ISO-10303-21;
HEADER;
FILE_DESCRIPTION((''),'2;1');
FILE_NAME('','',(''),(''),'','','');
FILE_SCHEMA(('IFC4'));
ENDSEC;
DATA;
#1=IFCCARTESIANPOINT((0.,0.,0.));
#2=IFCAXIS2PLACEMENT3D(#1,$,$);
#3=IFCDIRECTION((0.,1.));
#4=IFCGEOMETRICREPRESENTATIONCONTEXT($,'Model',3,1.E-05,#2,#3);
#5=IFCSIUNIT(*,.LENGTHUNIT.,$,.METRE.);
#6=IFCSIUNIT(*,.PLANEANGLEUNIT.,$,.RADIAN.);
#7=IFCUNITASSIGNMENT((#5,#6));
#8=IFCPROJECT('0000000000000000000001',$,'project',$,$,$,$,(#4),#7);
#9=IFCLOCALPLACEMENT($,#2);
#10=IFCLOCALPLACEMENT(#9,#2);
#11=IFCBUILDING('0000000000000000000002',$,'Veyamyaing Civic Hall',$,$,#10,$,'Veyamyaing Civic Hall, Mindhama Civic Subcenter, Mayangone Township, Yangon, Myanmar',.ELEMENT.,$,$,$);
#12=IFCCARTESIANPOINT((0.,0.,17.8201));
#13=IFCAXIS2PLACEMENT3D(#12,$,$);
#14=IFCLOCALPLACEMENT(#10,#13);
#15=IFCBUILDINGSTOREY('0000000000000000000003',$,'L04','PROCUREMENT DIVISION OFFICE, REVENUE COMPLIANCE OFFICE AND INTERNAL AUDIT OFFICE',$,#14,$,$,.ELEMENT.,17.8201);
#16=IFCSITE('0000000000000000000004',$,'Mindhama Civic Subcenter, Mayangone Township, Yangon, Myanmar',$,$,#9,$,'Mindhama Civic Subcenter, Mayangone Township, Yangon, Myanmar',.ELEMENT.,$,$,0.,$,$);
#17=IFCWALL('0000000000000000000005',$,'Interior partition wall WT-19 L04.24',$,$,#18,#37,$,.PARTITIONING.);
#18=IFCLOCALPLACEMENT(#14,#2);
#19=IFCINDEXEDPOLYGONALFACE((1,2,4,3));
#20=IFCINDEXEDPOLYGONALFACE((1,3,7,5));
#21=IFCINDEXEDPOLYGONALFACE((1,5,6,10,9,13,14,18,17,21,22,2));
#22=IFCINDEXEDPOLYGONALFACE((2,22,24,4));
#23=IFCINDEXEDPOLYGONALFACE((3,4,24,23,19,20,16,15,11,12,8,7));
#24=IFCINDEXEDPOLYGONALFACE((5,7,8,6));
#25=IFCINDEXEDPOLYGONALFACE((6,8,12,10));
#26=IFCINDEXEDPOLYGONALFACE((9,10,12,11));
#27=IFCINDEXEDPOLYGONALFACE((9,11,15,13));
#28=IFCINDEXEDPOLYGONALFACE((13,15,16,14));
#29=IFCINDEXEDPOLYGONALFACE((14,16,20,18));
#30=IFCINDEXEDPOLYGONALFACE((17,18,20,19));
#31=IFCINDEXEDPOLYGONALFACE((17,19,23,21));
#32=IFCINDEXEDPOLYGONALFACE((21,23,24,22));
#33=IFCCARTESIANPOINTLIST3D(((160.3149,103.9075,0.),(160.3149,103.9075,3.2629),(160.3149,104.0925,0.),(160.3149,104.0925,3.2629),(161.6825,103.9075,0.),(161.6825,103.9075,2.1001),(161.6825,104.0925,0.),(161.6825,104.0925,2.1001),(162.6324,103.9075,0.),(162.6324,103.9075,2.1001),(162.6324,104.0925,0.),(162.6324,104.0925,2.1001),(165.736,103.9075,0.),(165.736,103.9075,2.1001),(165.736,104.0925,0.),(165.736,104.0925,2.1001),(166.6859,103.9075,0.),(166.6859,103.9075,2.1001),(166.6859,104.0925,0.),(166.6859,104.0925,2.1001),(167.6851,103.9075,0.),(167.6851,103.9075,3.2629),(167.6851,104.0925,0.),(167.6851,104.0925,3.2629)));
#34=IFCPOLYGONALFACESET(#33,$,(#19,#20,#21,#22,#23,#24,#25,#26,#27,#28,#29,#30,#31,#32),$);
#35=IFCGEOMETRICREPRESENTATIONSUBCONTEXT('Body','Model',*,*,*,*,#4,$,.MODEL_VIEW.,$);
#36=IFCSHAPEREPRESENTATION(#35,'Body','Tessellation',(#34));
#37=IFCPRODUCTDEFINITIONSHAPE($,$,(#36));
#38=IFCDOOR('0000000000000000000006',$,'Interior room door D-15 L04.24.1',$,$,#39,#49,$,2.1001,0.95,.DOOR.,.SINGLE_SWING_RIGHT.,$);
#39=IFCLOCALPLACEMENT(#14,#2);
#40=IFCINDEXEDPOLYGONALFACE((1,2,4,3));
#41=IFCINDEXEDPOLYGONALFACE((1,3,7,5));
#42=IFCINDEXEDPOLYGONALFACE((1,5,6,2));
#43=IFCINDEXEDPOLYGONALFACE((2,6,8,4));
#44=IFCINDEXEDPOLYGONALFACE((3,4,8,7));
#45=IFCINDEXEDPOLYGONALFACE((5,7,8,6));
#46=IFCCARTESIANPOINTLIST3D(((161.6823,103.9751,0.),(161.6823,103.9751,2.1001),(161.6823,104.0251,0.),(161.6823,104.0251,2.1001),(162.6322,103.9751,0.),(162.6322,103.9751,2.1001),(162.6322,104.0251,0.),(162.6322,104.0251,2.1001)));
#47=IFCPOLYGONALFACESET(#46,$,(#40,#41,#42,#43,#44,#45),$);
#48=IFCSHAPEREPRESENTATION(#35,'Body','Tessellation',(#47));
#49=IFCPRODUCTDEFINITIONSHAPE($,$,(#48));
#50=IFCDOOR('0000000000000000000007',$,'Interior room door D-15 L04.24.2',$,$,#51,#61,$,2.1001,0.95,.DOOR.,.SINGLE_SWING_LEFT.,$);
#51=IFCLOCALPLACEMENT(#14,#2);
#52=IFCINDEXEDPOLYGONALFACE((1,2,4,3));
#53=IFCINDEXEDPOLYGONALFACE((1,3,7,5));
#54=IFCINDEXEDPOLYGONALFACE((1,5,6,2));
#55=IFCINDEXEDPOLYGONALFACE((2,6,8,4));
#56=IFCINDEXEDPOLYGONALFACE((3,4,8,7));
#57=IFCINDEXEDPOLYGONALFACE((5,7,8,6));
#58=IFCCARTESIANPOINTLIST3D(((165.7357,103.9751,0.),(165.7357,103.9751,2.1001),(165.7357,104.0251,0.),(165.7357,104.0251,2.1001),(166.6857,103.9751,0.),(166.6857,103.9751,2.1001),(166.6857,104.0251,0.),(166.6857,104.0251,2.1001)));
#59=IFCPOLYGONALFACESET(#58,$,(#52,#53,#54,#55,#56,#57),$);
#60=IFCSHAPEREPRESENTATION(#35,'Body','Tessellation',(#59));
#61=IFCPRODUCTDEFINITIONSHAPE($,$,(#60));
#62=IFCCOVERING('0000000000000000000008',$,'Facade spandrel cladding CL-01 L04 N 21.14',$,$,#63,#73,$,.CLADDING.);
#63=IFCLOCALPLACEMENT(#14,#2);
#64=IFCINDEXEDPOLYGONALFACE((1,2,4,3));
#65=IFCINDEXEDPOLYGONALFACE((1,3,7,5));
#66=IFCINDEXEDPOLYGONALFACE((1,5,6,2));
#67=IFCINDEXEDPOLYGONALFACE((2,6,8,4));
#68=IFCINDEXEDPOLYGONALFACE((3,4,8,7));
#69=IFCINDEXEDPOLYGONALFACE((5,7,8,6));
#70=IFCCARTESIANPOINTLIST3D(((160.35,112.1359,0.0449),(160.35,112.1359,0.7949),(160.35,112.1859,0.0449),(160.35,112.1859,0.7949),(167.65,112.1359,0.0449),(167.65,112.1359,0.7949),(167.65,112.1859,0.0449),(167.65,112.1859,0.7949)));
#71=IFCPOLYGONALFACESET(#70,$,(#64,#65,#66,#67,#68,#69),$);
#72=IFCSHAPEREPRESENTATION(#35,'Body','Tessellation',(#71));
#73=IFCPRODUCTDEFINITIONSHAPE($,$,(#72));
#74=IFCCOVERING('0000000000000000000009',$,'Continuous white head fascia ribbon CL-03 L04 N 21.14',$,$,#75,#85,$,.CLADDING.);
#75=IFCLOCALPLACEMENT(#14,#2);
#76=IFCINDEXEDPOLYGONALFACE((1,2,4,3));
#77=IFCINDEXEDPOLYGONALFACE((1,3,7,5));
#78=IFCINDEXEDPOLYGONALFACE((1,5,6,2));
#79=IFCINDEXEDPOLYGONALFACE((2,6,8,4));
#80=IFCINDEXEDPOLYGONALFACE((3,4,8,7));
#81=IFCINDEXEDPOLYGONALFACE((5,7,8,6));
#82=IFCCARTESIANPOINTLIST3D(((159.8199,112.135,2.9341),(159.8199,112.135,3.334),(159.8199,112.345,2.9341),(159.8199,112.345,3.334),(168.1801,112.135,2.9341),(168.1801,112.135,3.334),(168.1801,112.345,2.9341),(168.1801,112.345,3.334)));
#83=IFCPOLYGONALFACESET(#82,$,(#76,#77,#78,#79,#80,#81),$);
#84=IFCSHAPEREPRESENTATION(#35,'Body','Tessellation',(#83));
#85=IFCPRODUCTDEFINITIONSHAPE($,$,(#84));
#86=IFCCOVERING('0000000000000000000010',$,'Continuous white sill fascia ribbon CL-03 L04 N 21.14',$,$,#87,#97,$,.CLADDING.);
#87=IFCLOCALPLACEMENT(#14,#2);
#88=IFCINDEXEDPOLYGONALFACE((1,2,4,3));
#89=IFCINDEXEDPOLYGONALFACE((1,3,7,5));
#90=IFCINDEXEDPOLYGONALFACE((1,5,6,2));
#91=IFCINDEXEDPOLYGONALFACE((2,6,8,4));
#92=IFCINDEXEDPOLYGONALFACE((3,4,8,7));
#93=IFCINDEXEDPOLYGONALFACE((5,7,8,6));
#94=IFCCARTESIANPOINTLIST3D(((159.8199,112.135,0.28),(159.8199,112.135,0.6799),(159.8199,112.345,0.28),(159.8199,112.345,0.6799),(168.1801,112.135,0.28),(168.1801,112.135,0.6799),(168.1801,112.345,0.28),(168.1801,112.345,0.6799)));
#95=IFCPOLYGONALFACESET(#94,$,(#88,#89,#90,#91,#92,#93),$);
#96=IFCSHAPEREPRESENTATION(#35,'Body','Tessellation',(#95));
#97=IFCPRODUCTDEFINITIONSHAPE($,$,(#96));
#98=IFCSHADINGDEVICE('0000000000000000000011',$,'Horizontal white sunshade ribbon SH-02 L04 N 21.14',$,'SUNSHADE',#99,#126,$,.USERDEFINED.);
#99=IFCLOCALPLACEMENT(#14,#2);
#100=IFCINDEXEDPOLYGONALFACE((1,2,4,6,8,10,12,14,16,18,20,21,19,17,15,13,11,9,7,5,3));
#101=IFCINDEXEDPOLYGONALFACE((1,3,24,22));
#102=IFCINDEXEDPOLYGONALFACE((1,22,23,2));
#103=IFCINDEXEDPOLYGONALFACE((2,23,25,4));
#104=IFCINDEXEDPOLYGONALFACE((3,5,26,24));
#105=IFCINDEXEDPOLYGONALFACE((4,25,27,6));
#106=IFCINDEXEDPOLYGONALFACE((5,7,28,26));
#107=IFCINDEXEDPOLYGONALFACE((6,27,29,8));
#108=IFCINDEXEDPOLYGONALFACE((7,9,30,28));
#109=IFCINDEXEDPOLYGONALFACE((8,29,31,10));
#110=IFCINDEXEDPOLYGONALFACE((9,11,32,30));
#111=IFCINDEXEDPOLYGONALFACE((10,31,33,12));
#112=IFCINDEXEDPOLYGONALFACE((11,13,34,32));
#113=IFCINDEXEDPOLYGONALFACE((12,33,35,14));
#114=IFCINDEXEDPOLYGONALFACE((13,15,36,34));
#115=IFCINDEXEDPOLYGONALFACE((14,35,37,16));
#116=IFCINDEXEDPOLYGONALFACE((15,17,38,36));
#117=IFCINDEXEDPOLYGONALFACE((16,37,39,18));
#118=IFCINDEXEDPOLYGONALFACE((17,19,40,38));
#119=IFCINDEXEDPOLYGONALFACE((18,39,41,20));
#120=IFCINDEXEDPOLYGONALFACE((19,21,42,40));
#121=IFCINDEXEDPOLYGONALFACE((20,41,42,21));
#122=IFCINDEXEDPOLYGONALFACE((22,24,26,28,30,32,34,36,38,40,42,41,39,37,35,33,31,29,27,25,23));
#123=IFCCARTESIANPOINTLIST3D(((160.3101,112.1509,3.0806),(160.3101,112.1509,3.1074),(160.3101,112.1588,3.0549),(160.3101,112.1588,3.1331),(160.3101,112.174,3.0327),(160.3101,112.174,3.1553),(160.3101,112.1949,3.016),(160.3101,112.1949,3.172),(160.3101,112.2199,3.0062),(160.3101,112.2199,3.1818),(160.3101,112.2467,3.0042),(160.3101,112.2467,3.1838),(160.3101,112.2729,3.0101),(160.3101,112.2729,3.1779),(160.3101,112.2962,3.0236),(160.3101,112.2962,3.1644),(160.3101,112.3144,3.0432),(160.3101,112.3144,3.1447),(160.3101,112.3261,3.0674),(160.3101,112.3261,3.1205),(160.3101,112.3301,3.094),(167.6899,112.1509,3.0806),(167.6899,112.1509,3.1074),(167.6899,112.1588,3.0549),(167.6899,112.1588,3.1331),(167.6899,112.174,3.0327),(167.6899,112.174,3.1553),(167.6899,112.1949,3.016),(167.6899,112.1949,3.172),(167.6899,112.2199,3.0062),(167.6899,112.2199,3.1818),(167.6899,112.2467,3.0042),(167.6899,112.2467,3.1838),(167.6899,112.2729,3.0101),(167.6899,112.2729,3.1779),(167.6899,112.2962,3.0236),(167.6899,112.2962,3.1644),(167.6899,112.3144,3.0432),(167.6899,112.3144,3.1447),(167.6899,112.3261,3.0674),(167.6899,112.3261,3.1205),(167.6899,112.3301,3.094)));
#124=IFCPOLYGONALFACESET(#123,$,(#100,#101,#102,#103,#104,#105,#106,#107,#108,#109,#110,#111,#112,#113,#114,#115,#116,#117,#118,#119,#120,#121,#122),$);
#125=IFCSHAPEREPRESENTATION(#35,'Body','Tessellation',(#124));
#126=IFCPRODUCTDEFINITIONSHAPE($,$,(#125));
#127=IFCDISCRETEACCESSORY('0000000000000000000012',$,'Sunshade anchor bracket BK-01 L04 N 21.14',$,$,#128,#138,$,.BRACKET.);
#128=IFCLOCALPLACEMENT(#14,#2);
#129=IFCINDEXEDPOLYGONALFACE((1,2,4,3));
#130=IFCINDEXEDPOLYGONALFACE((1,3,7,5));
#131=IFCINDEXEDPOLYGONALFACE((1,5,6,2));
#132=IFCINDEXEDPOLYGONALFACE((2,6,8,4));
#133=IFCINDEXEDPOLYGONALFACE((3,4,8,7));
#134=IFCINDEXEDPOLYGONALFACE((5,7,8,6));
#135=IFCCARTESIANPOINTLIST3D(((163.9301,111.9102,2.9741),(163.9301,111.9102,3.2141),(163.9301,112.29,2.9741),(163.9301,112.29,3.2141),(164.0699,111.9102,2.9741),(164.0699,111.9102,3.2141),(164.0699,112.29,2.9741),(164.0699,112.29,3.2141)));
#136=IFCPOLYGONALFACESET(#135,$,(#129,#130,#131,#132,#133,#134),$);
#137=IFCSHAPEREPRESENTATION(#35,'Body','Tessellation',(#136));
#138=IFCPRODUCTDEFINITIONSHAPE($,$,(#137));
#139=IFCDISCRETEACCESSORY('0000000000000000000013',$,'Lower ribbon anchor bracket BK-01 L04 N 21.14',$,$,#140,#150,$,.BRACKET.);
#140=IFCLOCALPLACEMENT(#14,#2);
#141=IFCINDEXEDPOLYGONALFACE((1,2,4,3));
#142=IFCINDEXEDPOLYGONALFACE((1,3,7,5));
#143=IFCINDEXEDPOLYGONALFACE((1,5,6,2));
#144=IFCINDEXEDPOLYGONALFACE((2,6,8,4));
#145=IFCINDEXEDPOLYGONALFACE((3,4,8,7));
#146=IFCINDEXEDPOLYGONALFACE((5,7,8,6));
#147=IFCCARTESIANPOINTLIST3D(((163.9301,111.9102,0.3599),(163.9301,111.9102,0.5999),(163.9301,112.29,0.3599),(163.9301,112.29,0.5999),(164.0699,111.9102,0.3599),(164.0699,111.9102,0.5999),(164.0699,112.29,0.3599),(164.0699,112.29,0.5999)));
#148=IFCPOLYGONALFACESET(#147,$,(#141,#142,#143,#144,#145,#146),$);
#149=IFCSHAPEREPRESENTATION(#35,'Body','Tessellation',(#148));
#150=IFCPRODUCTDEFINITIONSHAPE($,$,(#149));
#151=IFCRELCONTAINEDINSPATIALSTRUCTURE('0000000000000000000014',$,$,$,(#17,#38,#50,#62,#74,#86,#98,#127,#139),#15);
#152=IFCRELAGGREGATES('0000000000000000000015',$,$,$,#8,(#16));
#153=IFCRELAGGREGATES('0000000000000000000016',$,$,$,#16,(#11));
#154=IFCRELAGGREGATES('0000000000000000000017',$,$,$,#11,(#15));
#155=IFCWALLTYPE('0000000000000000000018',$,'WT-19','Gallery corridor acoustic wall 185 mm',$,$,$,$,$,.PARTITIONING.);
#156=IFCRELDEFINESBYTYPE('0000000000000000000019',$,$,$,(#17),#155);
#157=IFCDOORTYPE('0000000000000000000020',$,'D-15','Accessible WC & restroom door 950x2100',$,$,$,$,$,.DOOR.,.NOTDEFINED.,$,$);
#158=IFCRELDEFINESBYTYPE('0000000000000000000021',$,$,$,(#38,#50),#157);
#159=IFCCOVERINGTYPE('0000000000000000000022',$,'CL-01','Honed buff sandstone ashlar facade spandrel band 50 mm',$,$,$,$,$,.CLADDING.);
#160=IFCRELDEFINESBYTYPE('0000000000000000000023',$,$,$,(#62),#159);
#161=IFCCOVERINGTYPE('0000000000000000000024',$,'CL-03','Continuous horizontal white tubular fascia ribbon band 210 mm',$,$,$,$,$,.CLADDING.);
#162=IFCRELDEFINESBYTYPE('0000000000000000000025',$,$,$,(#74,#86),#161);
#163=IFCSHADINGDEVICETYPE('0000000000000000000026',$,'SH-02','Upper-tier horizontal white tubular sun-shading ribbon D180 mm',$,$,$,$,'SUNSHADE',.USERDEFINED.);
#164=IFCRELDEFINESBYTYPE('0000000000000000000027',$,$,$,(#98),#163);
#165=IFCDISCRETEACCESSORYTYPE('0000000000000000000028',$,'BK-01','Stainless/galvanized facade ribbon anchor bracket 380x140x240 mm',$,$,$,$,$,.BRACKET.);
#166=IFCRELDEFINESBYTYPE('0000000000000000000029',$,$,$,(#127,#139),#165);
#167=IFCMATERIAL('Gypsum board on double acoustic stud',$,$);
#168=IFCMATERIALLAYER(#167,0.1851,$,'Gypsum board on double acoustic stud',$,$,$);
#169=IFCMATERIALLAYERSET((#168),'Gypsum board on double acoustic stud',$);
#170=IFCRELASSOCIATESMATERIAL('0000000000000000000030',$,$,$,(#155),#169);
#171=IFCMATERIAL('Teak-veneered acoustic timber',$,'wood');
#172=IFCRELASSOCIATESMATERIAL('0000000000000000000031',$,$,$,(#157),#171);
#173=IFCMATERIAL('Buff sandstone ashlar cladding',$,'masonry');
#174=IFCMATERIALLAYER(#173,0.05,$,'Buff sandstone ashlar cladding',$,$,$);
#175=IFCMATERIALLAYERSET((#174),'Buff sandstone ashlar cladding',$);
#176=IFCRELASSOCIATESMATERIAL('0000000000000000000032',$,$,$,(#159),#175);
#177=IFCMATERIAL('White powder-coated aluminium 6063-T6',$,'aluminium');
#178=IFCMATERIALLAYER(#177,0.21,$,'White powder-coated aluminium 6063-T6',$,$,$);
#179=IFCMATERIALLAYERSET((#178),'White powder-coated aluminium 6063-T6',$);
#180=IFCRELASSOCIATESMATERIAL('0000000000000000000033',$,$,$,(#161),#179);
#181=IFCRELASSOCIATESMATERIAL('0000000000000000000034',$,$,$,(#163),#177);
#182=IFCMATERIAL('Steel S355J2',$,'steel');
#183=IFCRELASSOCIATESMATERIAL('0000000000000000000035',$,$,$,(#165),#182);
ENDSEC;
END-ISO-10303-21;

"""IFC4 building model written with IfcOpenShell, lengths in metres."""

from ifc_helpers import new_model, si_unit, direction, frame, frame_2d, origin, origin_2d, place, context, subcontext, project, spatial, rectangle, circle, extrude, material, layer, layer_set, material_profile, profile_set, type_object, element, fill, save


model = new_model("IFC4")

# Units and contexts
model_context = context("Model", 3, precision=1e-05, world=origin(), true_north=direction((0.0, 1.0)))
body_context = subcontext(model_context, "Body", "Model", "MODEL_VIEW")
ifc_project = project(units=[si_unit("LENGTHUNIT", "METRE"), si_unit("PLANEANGLEUNIT", "RADIAN")], contexts=[model_context])

# Site, building, storey
site_placement = place(None, origin())
site = spatial("IfcSite", under=ifc_project, at=site_placement, Name="Mindhama Civic Subcenter, Mayangone Township, Yangon, Myanmar", LongName="Mindhama Civic Subcenter, Mayangone Township, Yangon, Myanmar", CompositionType="ELEMENT", RefElevation=0.0)
building_placement = place(site_placement, origin())
building = spatial("IfcBuilding", under=site, at=building_placement, Name="Veyamyaing Civic Hall", LongName="Veyamyaing Civic Hall, Mindhama Civic Subcenter, Mayangone Township, Yangon, Myanmar", CompositionType="ELEMENT")
storey_placement = place(building_placement, frame((0.0, 0.0, 17.8201)))
storey = spatial("IfcBuildingStorey", under=building, at=storey_placement, Name="L04", Description="PROCUREMENT DIVISION OFFICE, REVENUE COMPLIANCE OFFICE AND INTERNAL AUDIT OFFICE", CompositionType="ELEMENT", Elevation=17.8201)

# Shared definitions
ifc_material_1 = material(Name="Gypsum board on double acoustic stud")
ifc_layer_1 = layer(ifc_material_1, 0.1851, Name="Gypsum board on double acoustic stud")
ifc_layer_set_1 = layer_set([ifc_layer_1], Name="Gypsum board on double acoustic stud")
wall_type_1 = type_object("IfcWallType", Name="WT-19", Description="Gallery corridor acoustic wall 185 mm", PredefinedType="PARTITIONING", material=ifc_layer_set_1)
ifc_material_2 = material(Name="Teak-veneered acoustic timber", Category="wood")

# Wall, openings, doors
wall_1_placement = place(storey_placement, frame((160.3149, 104.0, 0.0), z_axis=(0.0, 0.0, 1.0), x_axis=(1.0, 0.0, 0.0)))
wall_1 = element("IfcWall", 1, at=wall_1_placement, inside=storey, type_object=wall_type_1, Name="Interior partition wall WT-19 L04.24", PredefinedType="PARTITIONING", context=body_context, shape_type="SweptSolid", body=[
    extrude(rectangle(XDim=7.3701, YDim=0.1851, at=frame_2d((3.6851, 0.0))), origin(), (0.0, 0.0, 1.0), 3.2629),
])
opening_1_placement = place(wall_1_placement, frame((1.3674, 0.0, 0.0)))
opening_1 = element("IfcOpeningElement", 2, at=opening_1_placement, cuts=wall_1, PredefinedType="OPENING", context=body_context, shape_type="SweptSolid", body=[
    extrude(rectangle(XDim=0.95, YDim=2.1001, at=frame_2d((0.4751, 1.05))), frame((0.0, 0.1025, 0.0), z_axis=(0.0, -1.0, 0.0), x_axis=(1.0, 0.0, 0.0)), (0.0, 0.0, 1.0), 0.2051),
])
opening_2_placement = place(wall_1_placement, frame((5.4209, 0.0, 0.0)))
opening_2 = element("IfcOpeningElement", 3, at=opening_2_placement, cuts=wall_1, PredefinedType="OPENING", context=body_context, shape_type="SweptSolid", body=[
    extrude(rectangle(XDim=0.95, YDim=2.1001, at=frame_2d((0.4751, 1.05))), frame((0.0, 0.1025, 0.0), z_axis=(0.0, -1.0, 0.0), x_axis=(1.0, 0.0, 0.0)), (0.0, 0.0, 1.0), 0.2051),
])
door_type_1 = type_object("IfcDoorType", Name="D-15", Description="Accessible WC & restroom door 950x2100", OperationType="NOTDEFINED", PredefinedType="DOOR", material=ifc_material_2)
door_1_placement = place(opening_1_placement, frame((0.95, 0.0, 0.0), z_axis=(0.0, 0.0, 1.0), x_axis=(-1.0, 0.0, 0.0)))
door_1 = element("IfcDoor", 4, at=door_1_placement, inside=storey, type_object=door_type_1, Name="Interior room door D-15 L04.24.1", OperationType="SINGLE_SWING_RIGHT", OverallHeight=2.1001, OverallWidth=0.95, PredefinedType="DOOR", context=body_context, shape_type="SweptSolid", body=[
    extrude(rectangle(XDim=0.95, YDim=2.1001, at=frame_2d((0.4751, 1.05))), frame((0.0, 0.0249, 0.0), z_axis=(0.0, -1.0, 0.0), x_axis=(1.0, 0.0, 0.0)), (0.0, 0.0, 1.0), 0.05),
])
fill(opening_1, door_1)
door_2_placement = place(opening_2_placement, frame((0.95, 0.0, 0.0), z_axis=(0.0, 0.0, 1.0), x_axis=(-1.0, 0.0, 0.0)))
door_2 = element("IfcDoor", 5, at=door_2_placement, inside=storey, type_object=door_type_1, Name="Interior room door D-15 L04.24.2", OperationType="SINGLE_SWING_LEFT", OverallHeight=2.1001, OverallWidth=0.95, PredefinedType="DOOR", context=body_context, shape_type="SweptSolid", body=[
    extrude(rectangle(XDim=0.95, YDim=2.1001, at=frame_2d((0.4751, 1.05))), frame((0.0, 0.0249, 0.0), z_axis=(0.0, -1.0, 0.0), x_axis=(1.0, 0.0, 0.0)), (0.0, 0.0, 1.0), 0.05),
])
fill(opening_2, door_2)

# Coverings
ifc_material_3 = material(Name="Buff sandstone ashlar cladding", Category="masonry")
ifc_layer_2 = layer(ifc_material_3, 0.05, Name="Buff sandstone ashlar cladding")
ifc_layer_set_2 = layer_set([ifc_layer_2], Name="Buff sandstone ashlar cladding")
covering_type_1 = type_object("IfcCoveringType", Name="CL-01", Description="Honed buff sandstone ashlar facade spandrel band 50 mm", PredefinedType="CLADDING", material=ifc_layer_set_2)
covering_placement = place(storey_placement, frame((164.0, 112.1609, 0.0449), z_axis=(0.0, 0.0, 1.0), x_axis=(1.0, 0.0, 0.0)))
element("IfcCovering", 6, at=covering_placement, inside=storey, type_object=covering_type_1, Name="Facade spandrel cladding CL-01 L04 N 21.14", PredefinedType="CLADDING", context=body_context, shape_type="SweptSolid", body=[
    extrude(rectangle(XDim=7.3, YDim=0.05, at=origin_2d()), origin(), (0.0, 0.0, 1.0), 0.75),
])
ifc_material_4 = material(Name="White powder-coated aluminium 6063-T6", Category="aluminium")
ifc_layer_3 = layer(ifc_material_4, 0.21, Name="White powder-coated aluminium 6063-T6")
ifc_layer_set_3 = layer_set([ifc_layer_3], Name="White powder-coated aluminium 6063-T6")
covering_type_2 = type_object("IfcCoveringType", Name="CL-03", Description="Continuous horizontal white tubular fascia ribbon band 210 mm", PredefinedType="CLADDING", material=ifc_layer_set_3)
for number, where, z_axis, x_axis, name in (
    (7, (164.0, 112.24, 2.9341), (0.0, 0.0, 1.0), (1.0, 0.0, 0.0), "Continuous white head fascia ribbon CL-03 L04 N 21.14"),
    (8, (164.0, 112.24, 0.28), (0.0, 0.0, 1.0), (1.0, 0.0, 0.0), "Continuous white sill fascia ribbon CL-03 L04 N 21.14"),
):
    element("IfcCovering", number, at=place(storey_placement, frame(where, z_axis=z_axis, x_axis=x_axis)), inside=storey, type_object=covering_type_2, Name=name, PredefinedType="CLADDING", context=body_context, shape_type="SweptSolid", body=[
        extrude(rectangle(XDim=8.3601, YDim=0.21, at=origin_2d()), origin(), (0.0, 0.0, 1.0), 0.3999),
    ])

# Shading device
ifc_material_profile_1 = material_profile(ifc_material_4, circle(Radius=0.0901, at=origin_2d()), Name="SHADE-TUBE-180")
ifc_profile_set_1 = profile_set([ifc_material_profile_1], Name="White powder-coated aluminium 6063-T6")
shading_device_type = type_object("IfcShadingDeviceType", Name="SH-02", Description="Upper-tier horizontal white tubular sun-shading ribbon D180 mm", ElementType="SUNSHADE", PredefinedType="USERDEFINED", material=ifc_profile_set_1)
shading_device_placement = place(storey_placement, frame((160.3101, 112.24, 3.094), z_axis=(1.0, 0.0, 0.0), x_axis=(0.0, 1.0, 0.0)))
element("IfcShadingDevice", 9, at=shading_device_placement, inside=storey, type_object=shading_device_type, Name="Horizontal white sunshade ribbon SH-02 L04 N 21.14", ObjectType="SUNSHADE", PredefinedType="USERDEFINED", context=body_context, shape_type="SweptSolid", body=[
    extrude(circle(Radius=0.0901, at=origin_2d()), origin(), (0.0, 0.0, 1.0), 7.3799),
])

# Discrete accessories
ifc_material_5 = material(Name="Steel S355J2", Category="steel")
discrete_accessory_type = type_object("IfcDiscreteAccessoryType", Name="BK-01", Description="Stainless/galvanized facade ribbon anchor bracket 380x140x240 mm", PredefinedType="BRACKET", material=ifc_material_5)
for number, where, z_axis, x_axis, name in (
    (10, (164.0, 112.1001, 2.9741), (0.0, 0.0, 1.0), (0.0, 1.0, 0.0), "Sunshade anchor bracket BK-01 L04 N 21.14"),
    (11, (164.0, 112.1001, 0.3599), (0.0, 0.0, 1.0), (0.0, 1.0, 0.0), "Lower ribbon anchor bracket BK-01 L04 N 21.14"),
):
    element("IfcDiscreteAccessory", number, at=place(storey_placement, frame(where, z_axis=z_axis, x_axis=x_axis)), inside=storey, type_object=discrete_accessory_type, Name=name, PredefinedType="BRACKET", context=body_context, shape_type="SweptSolid", body=[
        extrude(rectangle(XDim=0.3799, YDim=0.1399, at=origin_2d()), origin(), (0.0, 0.0, 1.0), 0.24),
    ])

save(model, "model.ifc")
